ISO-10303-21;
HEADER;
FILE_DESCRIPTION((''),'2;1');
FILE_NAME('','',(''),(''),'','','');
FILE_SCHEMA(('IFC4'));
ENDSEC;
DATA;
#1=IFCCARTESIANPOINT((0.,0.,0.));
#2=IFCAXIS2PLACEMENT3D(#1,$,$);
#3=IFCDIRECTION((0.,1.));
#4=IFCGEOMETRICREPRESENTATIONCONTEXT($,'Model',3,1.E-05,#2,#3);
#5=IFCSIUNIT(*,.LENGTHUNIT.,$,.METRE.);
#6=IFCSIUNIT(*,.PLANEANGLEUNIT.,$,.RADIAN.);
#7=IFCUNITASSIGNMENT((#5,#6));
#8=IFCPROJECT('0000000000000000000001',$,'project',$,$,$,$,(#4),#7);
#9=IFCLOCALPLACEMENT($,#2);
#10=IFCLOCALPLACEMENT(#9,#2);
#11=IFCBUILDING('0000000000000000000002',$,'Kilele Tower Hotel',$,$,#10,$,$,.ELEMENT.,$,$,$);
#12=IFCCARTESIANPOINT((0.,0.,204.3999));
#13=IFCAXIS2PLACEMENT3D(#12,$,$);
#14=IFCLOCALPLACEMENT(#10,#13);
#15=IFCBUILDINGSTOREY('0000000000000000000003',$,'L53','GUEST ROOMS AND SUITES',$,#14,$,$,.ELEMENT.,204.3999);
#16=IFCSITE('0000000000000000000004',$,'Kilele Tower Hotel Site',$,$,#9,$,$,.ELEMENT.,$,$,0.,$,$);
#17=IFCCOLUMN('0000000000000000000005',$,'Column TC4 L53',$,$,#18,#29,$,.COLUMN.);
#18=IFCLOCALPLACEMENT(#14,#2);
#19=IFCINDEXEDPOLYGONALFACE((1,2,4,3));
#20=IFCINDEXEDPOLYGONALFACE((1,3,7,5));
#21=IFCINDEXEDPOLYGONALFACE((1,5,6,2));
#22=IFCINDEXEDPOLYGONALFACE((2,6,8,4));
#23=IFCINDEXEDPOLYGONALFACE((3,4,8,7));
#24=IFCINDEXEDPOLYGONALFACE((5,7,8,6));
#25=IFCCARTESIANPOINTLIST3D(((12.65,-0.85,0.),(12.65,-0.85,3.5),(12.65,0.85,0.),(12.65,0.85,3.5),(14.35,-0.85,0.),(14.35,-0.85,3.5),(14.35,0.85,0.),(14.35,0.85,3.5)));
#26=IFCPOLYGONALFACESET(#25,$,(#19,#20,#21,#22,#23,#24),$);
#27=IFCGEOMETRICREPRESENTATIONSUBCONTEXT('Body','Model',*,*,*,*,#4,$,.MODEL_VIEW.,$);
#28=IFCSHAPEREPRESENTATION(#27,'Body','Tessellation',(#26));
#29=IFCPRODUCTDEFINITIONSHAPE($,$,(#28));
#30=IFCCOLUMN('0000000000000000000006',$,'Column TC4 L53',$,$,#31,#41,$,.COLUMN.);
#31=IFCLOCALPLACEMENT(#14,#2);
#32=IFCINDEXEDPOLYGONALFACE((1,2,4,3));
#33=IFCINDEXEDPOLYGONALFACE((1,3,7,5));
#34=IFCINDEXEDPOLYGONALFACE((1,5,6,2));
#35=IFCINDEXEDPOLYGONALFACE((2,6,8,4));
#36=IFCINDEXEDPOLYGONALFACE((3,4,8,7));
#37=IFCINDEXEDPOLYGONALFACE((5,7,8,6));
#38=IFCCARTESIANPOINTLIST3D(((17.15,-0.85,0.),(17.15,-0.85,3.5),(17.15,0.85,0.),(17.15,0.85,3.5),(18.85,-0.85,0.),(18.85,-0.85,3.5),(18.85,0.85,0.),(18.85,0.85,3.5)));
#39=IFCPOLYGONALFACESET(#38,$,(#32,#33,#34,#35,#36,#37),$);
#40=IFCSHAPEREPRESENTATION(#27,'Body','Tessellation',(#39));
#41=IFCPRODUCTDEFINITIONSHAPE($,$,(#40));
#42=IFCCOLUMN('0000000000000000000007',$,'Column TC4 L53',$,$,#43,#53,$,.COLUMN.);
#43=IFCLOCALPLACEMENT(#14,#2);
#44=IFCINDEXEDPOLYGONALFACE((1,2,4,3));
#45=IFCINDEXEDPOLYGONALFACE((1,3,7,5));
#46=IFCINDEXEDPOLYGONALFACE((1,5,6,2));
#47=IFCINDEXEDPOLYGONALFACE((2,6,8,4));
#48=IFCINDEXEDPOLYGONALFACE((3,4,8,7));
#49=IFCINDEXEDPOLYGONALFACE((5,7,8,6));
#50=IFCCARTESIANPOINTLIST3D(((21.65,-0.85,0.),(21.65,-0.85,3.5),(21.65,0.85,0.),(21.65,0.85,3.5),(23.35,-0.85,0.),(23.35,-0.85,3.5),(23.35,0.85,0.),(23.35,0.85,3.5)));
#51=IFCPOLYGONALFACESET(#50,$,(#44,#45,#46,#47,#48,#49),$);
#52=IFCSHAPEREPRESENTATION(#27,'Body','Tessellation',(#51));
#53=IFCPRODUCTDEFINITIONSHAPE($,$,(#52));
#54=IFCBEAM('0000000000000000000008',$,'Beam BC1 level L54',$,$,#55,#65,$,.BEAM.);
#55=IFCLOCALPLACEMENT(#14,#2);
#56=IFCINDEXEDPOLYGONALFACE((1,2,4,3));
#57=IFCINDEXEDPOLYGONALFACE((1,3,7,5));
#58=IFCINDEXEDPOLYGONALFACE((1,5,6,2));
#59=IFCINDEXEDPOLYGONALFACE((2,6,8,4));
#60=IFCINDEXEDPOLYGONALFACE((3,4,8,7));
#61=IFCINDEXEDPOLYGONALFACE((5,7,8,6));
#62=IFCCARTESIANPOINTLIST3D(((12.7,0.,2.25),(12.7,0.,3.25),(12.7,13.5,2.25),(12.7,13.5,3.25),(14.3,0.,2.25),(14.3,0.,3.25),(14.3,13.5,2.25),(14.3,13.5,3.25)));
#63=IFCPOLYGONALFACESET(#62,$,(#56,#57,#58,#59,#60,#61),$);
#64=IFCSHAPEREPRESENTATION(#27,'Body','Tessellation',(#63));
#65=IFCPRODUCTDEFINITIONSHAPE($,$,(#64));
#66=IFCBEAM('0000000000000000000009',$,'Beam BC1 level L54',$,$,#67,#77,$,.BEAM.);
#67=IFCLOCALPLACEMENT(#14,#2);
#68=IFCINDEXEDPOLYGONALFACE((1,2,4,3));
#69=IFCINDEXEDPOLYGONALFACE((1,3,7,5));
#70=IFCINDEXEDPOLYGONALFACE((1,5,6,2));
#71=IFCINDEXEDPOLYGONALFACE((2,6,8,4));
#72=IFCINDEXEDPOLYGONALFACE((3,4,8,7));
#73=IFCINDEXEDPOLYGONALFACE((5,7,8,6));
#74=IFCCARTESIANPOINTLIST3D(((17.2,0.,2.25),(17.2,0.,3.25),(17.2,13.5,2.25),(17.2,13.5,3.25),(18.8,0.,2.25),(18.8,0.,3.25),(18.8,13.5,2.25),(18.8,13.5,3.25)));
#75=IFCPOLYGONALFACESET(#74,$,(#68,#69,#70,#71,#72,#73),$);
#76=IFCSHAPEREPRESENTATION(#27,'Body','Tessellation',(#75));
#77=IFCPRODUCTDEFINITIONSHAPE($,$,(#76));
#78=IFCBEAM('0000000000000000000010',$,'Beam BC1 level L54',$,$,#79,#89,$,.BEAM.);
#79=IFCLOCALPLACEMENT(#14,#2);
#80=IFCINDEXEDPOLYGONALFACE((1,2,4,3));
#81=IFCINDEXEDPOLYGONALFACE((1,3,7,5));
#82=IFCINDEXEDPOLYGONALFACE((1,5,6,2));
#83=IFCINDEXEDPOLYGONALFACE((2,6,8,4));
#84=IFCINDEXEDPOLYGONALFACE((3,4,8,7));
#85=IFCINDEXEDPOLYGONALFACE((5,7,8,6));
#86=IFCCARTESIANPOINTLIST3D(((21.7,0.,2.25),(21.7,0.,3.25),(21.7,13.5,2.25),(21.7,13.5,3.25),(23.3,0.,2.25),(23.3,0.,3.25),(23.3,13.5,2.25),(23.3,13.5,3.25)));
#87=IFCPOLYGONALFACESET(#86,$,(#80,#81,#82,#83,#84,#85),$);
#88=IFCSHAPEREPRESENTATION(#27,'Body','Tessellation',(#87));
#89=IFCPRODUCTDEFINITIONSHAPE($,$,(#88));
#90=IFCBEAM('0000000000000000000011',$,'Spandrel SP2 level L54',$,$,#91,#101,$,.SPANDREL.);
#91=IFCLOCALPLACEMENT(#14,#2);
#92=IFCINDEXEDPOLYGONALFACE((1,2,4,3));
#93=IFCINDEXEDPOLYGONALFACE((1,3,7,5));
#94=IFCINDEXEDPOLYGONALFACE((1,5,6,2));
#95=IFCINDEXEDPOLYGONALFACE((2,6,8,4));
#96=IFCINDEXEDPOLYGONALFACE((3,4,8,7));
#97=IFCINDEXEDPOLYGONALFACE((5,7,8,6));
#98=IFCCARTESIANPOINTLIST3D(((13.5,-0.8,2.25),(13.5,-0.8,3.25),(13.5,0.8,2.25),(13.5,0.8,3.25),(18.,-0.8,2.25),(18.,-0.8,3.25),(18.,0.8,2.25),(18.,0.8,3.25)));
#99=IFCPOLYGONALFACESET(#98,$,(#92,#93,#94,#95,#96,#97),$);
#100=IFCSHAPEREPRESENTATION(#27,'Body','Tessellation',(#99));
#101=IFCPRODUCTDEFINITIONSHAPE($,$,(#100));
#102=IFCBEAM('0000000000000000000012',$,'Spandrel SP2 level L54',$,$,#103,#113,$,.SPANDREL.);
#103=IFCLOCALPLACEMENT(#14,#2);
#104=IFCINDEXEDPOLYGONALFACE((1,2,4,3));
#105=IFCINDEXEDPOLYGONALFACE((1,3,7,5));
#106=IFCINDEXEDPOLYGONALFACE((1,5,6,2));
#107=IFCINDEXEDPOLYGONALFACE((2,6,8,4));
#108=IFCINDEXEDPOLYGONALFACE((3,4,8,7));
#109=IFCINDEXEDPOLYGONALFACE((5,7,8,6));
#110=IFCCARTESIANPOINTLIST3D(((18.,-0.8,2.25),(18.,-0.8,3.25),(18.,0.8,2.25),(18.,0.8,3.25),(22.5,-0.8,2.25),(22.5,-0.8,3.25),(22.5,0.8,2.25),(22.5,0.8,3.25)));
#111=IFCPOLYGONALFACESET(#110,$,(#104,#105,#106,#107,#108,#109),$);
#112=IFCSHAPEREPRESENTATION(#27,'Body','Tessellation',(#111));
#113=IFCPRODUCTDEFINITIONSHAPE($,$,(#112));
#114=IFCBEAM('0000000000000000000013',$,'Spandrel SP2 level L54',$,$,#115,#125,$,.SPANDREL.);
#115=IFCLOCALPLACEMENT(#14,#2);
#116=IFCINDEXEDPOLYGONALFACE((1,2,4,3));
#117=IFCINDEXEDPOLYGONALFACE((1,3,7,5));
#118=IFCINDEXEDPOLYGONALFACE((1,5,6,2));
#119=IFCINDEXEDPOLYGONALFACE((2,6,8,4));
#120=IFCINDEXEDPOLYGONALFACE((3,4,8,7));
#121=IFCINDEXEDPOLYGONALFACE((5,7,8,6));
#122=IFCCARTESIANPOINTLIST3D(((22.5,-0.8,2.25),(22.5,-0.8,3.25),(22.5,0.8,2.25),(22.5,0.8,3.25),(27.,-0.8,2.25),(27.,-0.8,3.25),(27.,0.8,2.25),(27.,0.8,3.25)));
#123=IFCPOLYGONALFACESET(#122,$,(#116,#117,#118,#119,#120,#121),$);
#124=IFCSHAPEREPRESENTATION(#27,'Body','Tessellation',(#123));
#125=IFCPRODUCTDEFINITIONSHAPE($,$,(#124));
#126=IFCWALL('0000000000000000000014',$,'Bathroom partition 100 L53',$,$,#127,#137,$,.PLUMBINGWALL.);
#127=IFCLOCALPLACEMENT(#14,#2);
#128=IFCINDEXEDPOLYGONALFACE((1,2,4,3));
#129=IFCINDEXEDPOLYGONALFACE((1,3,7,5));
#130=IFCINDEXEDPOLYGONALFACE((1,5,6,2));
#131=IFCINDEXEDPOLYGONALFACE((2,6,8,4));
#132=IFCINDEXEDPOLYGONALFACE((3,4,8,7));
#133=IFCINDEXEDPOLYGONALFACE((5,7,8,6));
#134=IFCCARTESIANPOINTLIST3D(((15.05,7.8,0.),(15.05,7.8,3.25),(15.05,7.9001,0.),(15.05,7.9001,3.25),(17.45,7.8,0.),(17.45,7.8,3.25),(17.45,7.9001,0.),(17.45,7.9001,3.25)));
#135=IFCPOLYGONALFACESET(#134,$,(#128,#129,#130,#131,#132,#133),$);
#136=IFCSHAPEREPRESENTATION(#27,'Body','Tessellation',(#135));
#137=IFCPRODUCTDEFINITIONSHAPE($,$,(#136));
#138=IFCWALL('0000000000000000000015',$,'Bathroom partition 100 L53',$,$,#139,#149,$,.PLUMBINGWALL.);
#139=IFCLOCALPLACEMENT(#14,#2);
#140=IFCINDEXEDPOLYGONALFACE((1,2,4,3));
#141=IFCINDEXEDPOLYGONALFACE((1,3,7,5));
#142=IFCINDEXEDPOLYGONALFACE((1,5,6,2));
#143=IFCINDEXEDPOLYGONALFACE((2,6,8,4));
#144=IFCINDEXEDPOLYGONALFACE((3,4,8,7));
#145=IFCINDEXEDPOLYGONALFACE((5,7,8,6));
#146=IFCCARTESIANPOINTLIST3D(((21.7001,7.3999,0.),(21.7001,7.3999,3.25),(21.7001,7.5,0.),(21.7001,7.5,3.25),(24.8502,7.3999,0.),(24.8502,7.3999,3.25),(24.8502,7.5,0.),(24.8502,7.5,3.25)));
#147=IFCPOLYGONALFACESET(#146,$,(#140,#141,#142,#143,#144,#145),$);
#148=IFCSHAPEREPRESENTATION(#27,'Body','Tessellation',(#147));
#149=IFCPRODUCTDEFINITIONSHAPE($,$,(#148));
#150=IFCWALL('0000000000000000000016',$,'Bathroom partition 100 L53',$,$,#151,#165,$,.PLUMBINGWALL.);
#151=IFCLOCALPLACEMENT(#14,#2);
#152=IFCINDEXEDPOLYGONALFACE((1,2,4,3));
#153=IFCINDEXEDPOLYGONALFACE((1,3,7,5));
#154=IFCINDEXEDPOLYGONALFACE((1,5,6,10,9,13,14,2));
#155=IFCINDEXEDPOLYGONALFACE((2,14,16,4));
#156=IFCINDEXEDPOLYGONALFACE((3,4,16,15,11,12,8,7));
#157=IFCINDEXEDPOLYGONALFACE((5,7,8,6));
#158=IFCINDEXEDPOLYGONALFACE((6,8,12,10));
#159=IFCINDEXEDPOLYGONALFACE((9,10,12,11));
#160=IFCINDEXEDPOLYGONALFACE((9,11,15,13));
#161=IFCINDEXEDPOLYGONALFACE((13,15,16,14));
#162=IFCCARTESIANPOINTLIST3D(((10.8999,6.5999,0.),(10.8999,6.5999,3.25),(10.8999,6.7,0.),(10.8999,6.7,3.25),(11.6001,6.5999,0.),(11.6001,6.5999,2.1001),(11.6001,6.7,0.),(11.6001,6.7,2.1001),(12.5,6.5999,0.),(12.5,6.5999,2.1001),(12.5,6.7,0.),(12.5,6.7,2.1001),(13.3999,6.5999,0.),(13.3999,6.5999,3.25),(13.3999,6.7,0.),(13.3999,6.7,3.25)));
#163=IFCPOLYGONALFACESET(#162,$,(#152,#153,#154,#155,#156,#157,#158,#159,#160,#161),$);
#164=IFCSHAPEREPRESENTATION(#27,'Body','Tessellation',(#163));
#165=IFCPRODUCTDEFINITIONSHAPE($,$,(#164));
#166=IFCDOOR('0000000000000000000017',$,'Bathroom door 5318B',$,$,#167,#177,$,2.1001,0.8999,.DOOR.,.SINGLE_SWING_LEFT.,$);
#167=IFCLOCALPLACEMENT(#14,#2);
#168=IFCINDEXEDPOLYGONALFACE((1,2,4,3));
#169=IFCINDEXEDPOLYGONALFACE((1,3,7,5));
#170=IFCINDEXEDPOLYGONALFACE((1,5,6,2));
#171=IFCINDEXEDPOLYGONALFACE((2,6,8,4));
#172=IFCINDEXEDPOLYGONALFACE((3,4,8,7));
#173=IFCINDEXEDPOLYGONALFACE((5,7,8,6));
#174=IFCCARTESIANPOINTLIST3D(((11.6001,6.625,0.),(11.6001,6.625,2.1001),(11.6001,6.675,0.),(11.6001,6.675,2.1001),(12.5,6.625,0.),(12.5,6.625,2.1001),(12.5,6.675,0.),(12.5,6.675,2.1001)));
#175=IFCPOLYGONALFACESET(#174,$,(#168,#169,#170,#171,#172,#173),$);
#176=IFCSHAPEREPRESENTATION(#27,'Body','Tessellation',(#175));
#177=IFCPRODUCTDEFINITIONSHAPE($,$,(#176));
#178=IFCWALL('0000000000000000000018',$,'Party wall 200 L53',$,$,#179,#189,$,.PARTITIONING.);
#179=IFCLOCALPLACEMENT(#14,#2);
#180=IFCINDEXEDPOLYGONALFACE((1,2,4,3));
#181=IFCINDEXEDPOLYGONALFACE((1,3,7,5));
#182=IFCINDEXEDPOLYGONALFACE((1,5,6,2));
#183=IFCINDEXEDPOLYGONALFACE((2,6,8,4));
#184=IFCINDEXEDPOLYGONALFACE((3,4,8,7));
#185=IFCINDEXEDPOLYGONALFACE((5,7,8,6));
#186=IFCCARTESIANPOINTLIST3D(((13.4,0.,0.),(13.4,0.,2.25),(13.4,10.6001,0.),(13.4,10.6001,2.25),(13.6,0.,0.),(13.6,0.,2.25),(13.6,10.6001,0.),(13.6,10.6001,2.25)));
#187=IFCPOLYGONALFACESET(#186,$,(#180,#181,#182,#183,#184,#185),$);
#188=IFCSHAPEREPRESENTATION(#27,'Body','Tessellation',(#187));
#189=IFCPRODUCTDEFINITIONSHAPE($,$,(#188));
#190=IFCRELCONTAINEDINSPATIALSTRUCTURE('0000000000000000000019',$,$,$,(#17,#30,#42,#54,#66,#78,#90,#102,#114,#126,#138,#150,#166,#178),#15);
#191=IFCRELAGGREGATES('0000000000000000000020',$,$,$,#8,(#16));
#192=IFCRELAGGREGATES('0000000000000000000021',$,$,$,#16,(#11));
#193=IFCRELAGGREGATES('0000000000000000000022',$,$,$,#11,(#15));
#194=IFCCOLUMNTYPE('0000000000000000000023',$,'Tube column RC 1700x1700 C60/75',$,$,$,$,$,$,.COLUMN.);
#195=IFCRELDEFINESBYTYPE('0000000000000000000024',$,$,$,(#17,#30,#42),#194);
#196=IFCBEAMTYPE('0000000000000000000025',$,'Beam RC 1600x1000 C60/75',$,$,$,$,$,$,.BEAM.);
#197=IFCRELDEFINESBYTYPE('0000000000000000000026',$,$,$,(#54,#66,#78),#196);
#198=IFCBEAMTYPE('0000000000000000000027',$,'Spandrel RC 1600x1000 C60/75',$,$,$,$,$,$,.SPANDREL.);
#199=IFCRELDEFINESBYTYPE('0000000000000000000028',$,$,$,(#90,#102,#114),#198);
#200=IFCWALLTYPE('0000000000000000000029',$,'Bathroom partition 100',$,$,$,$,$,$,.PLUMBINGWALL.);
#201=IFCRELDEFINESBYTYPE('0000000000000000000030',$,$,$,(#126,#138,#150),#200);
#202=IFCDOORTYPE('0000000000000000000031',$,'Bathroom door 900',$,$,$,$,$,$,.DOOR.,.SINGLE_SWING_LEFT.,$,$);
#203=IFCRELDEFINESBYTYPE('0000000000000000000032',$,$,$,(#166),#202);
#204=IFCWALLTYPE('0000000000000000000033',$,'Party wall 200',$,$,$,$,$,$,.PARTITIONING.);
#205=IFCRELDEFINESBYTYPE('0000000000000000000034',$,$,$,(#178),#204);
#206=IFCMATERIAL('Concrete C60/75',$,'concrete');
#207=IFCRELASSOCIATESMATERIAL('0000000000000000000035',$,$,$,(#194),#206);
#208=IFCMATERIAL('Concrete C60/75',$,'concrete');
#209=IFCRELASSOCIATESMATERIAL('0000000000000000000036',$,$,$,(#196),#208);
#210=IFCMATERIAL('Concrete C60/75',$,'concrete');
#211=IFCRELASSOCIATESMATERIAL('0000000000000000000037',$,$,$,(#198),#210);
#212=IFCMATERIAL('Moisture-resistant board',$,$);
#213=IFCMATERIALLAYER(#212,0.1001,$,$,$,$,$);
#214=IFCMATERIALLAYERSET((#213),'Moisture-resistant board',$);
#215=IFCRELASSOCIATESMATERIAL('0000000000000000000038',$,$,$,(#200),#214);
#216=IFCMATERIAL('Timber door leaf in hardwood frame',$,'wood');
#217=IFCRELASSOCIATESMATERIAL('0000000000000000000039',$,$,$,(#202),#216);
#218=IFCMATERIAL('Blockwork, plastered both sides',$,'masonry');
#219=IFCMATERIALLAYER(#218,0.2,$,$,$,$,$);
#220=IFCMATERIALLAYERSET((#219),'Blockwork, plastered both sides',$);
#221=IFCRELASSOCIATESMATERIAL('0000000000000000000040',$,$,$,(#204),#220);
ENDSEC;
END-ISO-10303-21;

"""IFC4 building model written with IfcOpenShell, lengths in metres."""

from ifc_helpers import new_model, si_unit, direction, frame, frame_2d, origin, origin_2d, place, context, subcontext, project, spatial, rectangle, extrude, material, layer, layer_set, material_profile, profile_set, type_object, element, fill, save


model = new_model("IFC4")

# Units and contexts
model_context = context("Model", 3, precision=1e-05, world=origin(), true_north=direction((0.0, 1.0)))
body_context = subcontext(model_context, "Body", "Model", "MODEL_VIEW")
ifc_project = project(units=[si_unit("LENGTHUNIT", "METRE"), si_unit("PLANEANGLEUNIT", "RADIAN")], contexts=[model_context])

# Site, building, storey
site_placement = place(None, origin())
site = spatial("IfcSite", under=ifc_project, at=site_placement, Name="Kilele Tower Hotel Site", CompositionType="ELEMENT", RefElevation=0.0)
building_placement = place(site_placement, origin())
building = spatial("IfcBuilding", under=site, at=building_placement, Name="Kilele Tower Hotel", CompositionType="ELEMENT")
storey_placement = place(building_placement, frame((0.0, 0.0, 204.3999)))
storey = spatial("IfcBuildingStorey", under=building, at=storey_placement, Name="L53", Description="GUEST ROOMS AND SUITES", CompositionType="ELEMENT", Elevation=204.3999)

# Columns
ifc_material_1 = material(Name="Concrete C60/75", Category="concrete")
ifc_material_profile_1 = material_profile(ifc_material_1, rectangle(XDim=1.7, YDim=1.7, at=origin_2d()))
ifc_profile_set_1 = profile_set([ifc_material_profile_1], Name="Concrete C60/75")
column_type = type_object("IfcColumnType", Name="Tube column RC 1700x1700 C60/75", PredefinedType="COLUMN", material=ifc_profile_set_1)
for number, where, z_axis, x_axis, name in (
    (1, (13.5, 0.0, 0.0), (0.0, 0.0, 1.0), (1.0, 0.0, 0.0), "Column TC4 L53"),
    (2, (18.0, 0.0, 0.0), (0.0, 0.0, 1.0), (1.0, 0.0, 0.0), "Column TC4 L53"),
    (3, (22.5, 0.0, 0.0), (0.0, 0.0, 1.0), (1.0, 0.0, 0.0), "Column TC4 L53"),
):
    element("IfcColumn", number, at=place(storey_placement, frame(where, z_axis=z_axis, x_axis=x_axis)), inside=storey, type_object=column_type, Name=name, PredefinedType="COLUMN", context=body_context, shape_type="SweptSolid", body=[
        extrude(rectangle(XDim=1.7, YDim=1.7, at=origin_2d()), origin(), (0.0, 0.0, 1.0), 3.5),
    ])

# Beams
ifc_material_2 = material(Name="Concrete C60/75", Category="concrete")
ifc_material_profile_2 = material_profile(ifc_material_2, rectangle(XDim=1.6001, YDim=1.0, at=origin_2d()))
ifc_profile_set_2 = profile_set([ifc_material_profile_2], Name="Concrete C60/75")
beam_type_1 = type_object("IfcBeamType", Name="Beam RC 1600x1000 C60/75", PredefinedType="BEAM", material=ifc_profile_set_2)
for number, where, z_axis, x_axis, name in (
    (4, (13.5, 0.0, 2.75), (0.0, 1.0, 0.0), (-1.0, 0.0, 0.0), "Beam BC1 level L54"),
    (5, (18.0, 0.0, 2.75), (0.0, 1.0, 0.0), (-1.0, 0.0, 0.0), "Beam BC1 level L54"),
    (6, (22.5, 0.0, 2.75), (0.0, 1.0, 0.0), (-1.0, 0.0, 0.0), "Beam BC1 level L54"),
):
    element("IfcBeam", number, at=place(storey_placement, frame(where, z_axis=z_axis, x_axis=x_axis)), inside=storey, type_object=beam_type_1, Name=name, PredefinedType="BEAM", context=body_context, shape_type="SweptSolid", body=[
        extrude(rectangle(XDim=1.6001, YDim=1.0, at=origin_2d()), origin(), (0.0, 0.0, 1.0), 13.5),
    ])
ifc_material_3 = material(Name="Concrete C60/75", Category="concrete")
ifc_material_profile_3 = material_profile(ifc_material_3, rectangle(XDim=1.6001, YDim=1.0, at=origin_2d()))
ifc_profile_set_3 = profile_set([ifc_material_profile_3], Name="Concrete C60/75")
beam_type_2 = type_object("IfcBeamType", Name="Spandrel RC 1600x1000 C60/75", PredefinedType="SPANDREL", material=ifc_profile_set_3)
for number, where, z_axis, x_axis, name in (
    (7, (13.5, 0.0, 2.75), (1.0, 0.0, 0.0), (0.0, 1.0, 0.0), "Spandrel SP2 level L54"),
    (8, (18.0, 0.0, 2.75), (1.0, 0.0, 0.0), (0.0, 1.0, 0.0), "Spandrel SP2 level L54"),
    (9, (22.5, 0.0, 2.75), (1.0, 0.0, 0.0), (0.0, 1.0, 0.0), "Spandrel SP2 level L54"),
):
    element("IfcBeam", number, at=place(storey_placement, frame(where, z_axis=z_axis, x_axis=x_axis)), inside=storey, type_object=beam_type_2, Name=name, PredefinedType="SPANDREL", context=body_context, shape_type="SweptSolid", body=[
        extrude(rectangle(XDim=1.6001, YDim=1.0, at=origin_2d()), origin(), (0.0, 0.0, 1.0), 4.5),
    ])

# Walls
ifc_material_4 = material(Name="Moisture-resistant board")
ifc_layer_1 = layer(ifc_material_4, 0.1001)
ifc_layer_set_1 = layer_set([ifc_layer_1], Name="Moisture-resistant board")
wall_type_1 = type_object("IfcWallType", Name="Bathroom partition 100", PredefinedType="PLUMBINGWALL", material=ifc_layer_set_1)
wall_1_placement = place(storey_placement, frame((15.05, 7.8501, 0.0), z_axis=(0.0, 0.0, 1.0), x_axis=(1.0, 0.0, 0.0)))
element("IfcWall", 10, at=wall_1_placement, inside=storey, type_object=wall_type_1, Name="Bathroom partition 100 L53", PredefinedType="PLUMBINGWALL", context=body_context, shape_type="SweptSolid", body=[
    extrude(rectangle(XDim=2.3999, YDim=0.1001, at=frame_2d((1.2, 0.0))), origin(), (0.0, 0.0, 1.0), 3.25),
])
wall_2_placement = place(storey_placement, frame((21.7, 7.45, 0.0), z_axis=(0.0, 0.0, 1.0), x_axis=(1.0, 0.0, 0.0)))
element("IfcWall", 11, at=wall_2_placement, inside=storey, type_object=wall_type_1, Name="Bathroom partition 100 L53", PredefinedType="PLUMBINGWALL", context=body_context, shape_type="SweptSolid", body=[
    extrude(rectangle(XDim=3.1501, YDim=0.1001, at=frame_2d((1.5752, 0.0))), origin(), (0.0, 0.0, 1.0), 3.25),
])

# Wall, opening, door
wall_3_placement = place(storey_placement, frame((13.3999, 6.6499, 0.0), z_axis=(0.0, 0.0, 1.0), x_axis=(-1.0, 0.0, 0.0)))
wall_3 = element("IfcWall", 12, at=wall_3_placement, inside=storey, type_object=wall_type_1, Name="Bathroom partition 100 L53", PredefinedType="PLUMBINGWALL", context=body_context, shape_type="SweptSolid", body=[
    extrude(rectangle(XDim=2.5, YDim=0.1001, at=frame_2d((1.25, 0.0))), origin(), (0.0, 0.0, 1.0), 3.25),
])
opening_1_placement = place(wall_3_placement, frame((0.8999, 0.0, 0.0)))
opening_1 = element("IfcOpeningElement", 13, at=opening_1_placement, cuts=wall_3, PredefinedType="OPENING", context=body_context, shape_type="SweptSolid", body=[
    extrude(rectangle(XDim=0.8999, YDim=2.1001, at=frame_2d((0.45, 1.05))), frame((0.0, 0.0601, 0.0), z_axis=(0.0, -1.0, 0.0), x_axis=(1.0, 0.0, 0.0)), (0.0, 0.0, 1.0), 0.1201),
])
ifc_material_5 = material(Name="Timber door leaf in hardwood frame", Category="wood")
door_type_1 = type_object("IfcDoorType", Name="Bathroom door 900", OperationType="SINGLE_SWING_LEFT", PredefinedType="DOOR", material=ifc_material_5)
door_1_placement = place(opening_1_placement, origin())
door_1 = element("IfcDoor", 14, at=door_1_placement, inside=storey, type_object=door_type_1, Name="Bathroom door 5318B", OperationType="SINGLE_SWING_LEFT", OverallHeight=2.1001, OverallWidth=0.8999, PredefinedType="DOOR", context=body_context, shape_type="SweptSolid", body=[
    extrude(rectangle(XDim=0.8999, YDim=2.1001, at=frame_2d((0.45, 1.05))), frame((0.0, 0.0249, 0.0), z_axis=(0.0, -1.0, 0.0), x_axis=(1.0, 0.0, 0.0)), (0.0, 0.0, 1.0), 0.05),
])
fill(opening_1, door_1)

# Wall
ifc_material_6 = material(Name="Blockwork, plastered both sides", Category="masonry")
ifc_layer_2 = layer(ifc_material_6, 0.2)
ifc_layer_set_2 = layer_set([ifc_layer_2], Name="Blockwork, plastered both sides")
wall_type_2 = type_object("IfcWallType", Name="Party wall 200", PredefinedType="PARTITIONING", material=ifc_layer_set_2)
wall_4_placement = place(storey_placement, frame((13.5, 10.6001, 0.0), z_axis=(0.0, 0.0, 1.0), x_axis=(0.0, -1.0, 0.0)))
element("IfcWall", 15, at=wall_4_placement, inside=storey, type_object=wall_type_2, Name="Party wall 200 L53", PredefinedType="PARTITIONING", context=body_context, shape_type="SweptSolid", body=[
    extrude(rectangle(XDim=10.6001, YDim=0.2, at=frame_2d((5.3, 0.0))), origin(), (0.0, 0.0, 1.0), 2.25),
])

save(model, "model.ifc")
